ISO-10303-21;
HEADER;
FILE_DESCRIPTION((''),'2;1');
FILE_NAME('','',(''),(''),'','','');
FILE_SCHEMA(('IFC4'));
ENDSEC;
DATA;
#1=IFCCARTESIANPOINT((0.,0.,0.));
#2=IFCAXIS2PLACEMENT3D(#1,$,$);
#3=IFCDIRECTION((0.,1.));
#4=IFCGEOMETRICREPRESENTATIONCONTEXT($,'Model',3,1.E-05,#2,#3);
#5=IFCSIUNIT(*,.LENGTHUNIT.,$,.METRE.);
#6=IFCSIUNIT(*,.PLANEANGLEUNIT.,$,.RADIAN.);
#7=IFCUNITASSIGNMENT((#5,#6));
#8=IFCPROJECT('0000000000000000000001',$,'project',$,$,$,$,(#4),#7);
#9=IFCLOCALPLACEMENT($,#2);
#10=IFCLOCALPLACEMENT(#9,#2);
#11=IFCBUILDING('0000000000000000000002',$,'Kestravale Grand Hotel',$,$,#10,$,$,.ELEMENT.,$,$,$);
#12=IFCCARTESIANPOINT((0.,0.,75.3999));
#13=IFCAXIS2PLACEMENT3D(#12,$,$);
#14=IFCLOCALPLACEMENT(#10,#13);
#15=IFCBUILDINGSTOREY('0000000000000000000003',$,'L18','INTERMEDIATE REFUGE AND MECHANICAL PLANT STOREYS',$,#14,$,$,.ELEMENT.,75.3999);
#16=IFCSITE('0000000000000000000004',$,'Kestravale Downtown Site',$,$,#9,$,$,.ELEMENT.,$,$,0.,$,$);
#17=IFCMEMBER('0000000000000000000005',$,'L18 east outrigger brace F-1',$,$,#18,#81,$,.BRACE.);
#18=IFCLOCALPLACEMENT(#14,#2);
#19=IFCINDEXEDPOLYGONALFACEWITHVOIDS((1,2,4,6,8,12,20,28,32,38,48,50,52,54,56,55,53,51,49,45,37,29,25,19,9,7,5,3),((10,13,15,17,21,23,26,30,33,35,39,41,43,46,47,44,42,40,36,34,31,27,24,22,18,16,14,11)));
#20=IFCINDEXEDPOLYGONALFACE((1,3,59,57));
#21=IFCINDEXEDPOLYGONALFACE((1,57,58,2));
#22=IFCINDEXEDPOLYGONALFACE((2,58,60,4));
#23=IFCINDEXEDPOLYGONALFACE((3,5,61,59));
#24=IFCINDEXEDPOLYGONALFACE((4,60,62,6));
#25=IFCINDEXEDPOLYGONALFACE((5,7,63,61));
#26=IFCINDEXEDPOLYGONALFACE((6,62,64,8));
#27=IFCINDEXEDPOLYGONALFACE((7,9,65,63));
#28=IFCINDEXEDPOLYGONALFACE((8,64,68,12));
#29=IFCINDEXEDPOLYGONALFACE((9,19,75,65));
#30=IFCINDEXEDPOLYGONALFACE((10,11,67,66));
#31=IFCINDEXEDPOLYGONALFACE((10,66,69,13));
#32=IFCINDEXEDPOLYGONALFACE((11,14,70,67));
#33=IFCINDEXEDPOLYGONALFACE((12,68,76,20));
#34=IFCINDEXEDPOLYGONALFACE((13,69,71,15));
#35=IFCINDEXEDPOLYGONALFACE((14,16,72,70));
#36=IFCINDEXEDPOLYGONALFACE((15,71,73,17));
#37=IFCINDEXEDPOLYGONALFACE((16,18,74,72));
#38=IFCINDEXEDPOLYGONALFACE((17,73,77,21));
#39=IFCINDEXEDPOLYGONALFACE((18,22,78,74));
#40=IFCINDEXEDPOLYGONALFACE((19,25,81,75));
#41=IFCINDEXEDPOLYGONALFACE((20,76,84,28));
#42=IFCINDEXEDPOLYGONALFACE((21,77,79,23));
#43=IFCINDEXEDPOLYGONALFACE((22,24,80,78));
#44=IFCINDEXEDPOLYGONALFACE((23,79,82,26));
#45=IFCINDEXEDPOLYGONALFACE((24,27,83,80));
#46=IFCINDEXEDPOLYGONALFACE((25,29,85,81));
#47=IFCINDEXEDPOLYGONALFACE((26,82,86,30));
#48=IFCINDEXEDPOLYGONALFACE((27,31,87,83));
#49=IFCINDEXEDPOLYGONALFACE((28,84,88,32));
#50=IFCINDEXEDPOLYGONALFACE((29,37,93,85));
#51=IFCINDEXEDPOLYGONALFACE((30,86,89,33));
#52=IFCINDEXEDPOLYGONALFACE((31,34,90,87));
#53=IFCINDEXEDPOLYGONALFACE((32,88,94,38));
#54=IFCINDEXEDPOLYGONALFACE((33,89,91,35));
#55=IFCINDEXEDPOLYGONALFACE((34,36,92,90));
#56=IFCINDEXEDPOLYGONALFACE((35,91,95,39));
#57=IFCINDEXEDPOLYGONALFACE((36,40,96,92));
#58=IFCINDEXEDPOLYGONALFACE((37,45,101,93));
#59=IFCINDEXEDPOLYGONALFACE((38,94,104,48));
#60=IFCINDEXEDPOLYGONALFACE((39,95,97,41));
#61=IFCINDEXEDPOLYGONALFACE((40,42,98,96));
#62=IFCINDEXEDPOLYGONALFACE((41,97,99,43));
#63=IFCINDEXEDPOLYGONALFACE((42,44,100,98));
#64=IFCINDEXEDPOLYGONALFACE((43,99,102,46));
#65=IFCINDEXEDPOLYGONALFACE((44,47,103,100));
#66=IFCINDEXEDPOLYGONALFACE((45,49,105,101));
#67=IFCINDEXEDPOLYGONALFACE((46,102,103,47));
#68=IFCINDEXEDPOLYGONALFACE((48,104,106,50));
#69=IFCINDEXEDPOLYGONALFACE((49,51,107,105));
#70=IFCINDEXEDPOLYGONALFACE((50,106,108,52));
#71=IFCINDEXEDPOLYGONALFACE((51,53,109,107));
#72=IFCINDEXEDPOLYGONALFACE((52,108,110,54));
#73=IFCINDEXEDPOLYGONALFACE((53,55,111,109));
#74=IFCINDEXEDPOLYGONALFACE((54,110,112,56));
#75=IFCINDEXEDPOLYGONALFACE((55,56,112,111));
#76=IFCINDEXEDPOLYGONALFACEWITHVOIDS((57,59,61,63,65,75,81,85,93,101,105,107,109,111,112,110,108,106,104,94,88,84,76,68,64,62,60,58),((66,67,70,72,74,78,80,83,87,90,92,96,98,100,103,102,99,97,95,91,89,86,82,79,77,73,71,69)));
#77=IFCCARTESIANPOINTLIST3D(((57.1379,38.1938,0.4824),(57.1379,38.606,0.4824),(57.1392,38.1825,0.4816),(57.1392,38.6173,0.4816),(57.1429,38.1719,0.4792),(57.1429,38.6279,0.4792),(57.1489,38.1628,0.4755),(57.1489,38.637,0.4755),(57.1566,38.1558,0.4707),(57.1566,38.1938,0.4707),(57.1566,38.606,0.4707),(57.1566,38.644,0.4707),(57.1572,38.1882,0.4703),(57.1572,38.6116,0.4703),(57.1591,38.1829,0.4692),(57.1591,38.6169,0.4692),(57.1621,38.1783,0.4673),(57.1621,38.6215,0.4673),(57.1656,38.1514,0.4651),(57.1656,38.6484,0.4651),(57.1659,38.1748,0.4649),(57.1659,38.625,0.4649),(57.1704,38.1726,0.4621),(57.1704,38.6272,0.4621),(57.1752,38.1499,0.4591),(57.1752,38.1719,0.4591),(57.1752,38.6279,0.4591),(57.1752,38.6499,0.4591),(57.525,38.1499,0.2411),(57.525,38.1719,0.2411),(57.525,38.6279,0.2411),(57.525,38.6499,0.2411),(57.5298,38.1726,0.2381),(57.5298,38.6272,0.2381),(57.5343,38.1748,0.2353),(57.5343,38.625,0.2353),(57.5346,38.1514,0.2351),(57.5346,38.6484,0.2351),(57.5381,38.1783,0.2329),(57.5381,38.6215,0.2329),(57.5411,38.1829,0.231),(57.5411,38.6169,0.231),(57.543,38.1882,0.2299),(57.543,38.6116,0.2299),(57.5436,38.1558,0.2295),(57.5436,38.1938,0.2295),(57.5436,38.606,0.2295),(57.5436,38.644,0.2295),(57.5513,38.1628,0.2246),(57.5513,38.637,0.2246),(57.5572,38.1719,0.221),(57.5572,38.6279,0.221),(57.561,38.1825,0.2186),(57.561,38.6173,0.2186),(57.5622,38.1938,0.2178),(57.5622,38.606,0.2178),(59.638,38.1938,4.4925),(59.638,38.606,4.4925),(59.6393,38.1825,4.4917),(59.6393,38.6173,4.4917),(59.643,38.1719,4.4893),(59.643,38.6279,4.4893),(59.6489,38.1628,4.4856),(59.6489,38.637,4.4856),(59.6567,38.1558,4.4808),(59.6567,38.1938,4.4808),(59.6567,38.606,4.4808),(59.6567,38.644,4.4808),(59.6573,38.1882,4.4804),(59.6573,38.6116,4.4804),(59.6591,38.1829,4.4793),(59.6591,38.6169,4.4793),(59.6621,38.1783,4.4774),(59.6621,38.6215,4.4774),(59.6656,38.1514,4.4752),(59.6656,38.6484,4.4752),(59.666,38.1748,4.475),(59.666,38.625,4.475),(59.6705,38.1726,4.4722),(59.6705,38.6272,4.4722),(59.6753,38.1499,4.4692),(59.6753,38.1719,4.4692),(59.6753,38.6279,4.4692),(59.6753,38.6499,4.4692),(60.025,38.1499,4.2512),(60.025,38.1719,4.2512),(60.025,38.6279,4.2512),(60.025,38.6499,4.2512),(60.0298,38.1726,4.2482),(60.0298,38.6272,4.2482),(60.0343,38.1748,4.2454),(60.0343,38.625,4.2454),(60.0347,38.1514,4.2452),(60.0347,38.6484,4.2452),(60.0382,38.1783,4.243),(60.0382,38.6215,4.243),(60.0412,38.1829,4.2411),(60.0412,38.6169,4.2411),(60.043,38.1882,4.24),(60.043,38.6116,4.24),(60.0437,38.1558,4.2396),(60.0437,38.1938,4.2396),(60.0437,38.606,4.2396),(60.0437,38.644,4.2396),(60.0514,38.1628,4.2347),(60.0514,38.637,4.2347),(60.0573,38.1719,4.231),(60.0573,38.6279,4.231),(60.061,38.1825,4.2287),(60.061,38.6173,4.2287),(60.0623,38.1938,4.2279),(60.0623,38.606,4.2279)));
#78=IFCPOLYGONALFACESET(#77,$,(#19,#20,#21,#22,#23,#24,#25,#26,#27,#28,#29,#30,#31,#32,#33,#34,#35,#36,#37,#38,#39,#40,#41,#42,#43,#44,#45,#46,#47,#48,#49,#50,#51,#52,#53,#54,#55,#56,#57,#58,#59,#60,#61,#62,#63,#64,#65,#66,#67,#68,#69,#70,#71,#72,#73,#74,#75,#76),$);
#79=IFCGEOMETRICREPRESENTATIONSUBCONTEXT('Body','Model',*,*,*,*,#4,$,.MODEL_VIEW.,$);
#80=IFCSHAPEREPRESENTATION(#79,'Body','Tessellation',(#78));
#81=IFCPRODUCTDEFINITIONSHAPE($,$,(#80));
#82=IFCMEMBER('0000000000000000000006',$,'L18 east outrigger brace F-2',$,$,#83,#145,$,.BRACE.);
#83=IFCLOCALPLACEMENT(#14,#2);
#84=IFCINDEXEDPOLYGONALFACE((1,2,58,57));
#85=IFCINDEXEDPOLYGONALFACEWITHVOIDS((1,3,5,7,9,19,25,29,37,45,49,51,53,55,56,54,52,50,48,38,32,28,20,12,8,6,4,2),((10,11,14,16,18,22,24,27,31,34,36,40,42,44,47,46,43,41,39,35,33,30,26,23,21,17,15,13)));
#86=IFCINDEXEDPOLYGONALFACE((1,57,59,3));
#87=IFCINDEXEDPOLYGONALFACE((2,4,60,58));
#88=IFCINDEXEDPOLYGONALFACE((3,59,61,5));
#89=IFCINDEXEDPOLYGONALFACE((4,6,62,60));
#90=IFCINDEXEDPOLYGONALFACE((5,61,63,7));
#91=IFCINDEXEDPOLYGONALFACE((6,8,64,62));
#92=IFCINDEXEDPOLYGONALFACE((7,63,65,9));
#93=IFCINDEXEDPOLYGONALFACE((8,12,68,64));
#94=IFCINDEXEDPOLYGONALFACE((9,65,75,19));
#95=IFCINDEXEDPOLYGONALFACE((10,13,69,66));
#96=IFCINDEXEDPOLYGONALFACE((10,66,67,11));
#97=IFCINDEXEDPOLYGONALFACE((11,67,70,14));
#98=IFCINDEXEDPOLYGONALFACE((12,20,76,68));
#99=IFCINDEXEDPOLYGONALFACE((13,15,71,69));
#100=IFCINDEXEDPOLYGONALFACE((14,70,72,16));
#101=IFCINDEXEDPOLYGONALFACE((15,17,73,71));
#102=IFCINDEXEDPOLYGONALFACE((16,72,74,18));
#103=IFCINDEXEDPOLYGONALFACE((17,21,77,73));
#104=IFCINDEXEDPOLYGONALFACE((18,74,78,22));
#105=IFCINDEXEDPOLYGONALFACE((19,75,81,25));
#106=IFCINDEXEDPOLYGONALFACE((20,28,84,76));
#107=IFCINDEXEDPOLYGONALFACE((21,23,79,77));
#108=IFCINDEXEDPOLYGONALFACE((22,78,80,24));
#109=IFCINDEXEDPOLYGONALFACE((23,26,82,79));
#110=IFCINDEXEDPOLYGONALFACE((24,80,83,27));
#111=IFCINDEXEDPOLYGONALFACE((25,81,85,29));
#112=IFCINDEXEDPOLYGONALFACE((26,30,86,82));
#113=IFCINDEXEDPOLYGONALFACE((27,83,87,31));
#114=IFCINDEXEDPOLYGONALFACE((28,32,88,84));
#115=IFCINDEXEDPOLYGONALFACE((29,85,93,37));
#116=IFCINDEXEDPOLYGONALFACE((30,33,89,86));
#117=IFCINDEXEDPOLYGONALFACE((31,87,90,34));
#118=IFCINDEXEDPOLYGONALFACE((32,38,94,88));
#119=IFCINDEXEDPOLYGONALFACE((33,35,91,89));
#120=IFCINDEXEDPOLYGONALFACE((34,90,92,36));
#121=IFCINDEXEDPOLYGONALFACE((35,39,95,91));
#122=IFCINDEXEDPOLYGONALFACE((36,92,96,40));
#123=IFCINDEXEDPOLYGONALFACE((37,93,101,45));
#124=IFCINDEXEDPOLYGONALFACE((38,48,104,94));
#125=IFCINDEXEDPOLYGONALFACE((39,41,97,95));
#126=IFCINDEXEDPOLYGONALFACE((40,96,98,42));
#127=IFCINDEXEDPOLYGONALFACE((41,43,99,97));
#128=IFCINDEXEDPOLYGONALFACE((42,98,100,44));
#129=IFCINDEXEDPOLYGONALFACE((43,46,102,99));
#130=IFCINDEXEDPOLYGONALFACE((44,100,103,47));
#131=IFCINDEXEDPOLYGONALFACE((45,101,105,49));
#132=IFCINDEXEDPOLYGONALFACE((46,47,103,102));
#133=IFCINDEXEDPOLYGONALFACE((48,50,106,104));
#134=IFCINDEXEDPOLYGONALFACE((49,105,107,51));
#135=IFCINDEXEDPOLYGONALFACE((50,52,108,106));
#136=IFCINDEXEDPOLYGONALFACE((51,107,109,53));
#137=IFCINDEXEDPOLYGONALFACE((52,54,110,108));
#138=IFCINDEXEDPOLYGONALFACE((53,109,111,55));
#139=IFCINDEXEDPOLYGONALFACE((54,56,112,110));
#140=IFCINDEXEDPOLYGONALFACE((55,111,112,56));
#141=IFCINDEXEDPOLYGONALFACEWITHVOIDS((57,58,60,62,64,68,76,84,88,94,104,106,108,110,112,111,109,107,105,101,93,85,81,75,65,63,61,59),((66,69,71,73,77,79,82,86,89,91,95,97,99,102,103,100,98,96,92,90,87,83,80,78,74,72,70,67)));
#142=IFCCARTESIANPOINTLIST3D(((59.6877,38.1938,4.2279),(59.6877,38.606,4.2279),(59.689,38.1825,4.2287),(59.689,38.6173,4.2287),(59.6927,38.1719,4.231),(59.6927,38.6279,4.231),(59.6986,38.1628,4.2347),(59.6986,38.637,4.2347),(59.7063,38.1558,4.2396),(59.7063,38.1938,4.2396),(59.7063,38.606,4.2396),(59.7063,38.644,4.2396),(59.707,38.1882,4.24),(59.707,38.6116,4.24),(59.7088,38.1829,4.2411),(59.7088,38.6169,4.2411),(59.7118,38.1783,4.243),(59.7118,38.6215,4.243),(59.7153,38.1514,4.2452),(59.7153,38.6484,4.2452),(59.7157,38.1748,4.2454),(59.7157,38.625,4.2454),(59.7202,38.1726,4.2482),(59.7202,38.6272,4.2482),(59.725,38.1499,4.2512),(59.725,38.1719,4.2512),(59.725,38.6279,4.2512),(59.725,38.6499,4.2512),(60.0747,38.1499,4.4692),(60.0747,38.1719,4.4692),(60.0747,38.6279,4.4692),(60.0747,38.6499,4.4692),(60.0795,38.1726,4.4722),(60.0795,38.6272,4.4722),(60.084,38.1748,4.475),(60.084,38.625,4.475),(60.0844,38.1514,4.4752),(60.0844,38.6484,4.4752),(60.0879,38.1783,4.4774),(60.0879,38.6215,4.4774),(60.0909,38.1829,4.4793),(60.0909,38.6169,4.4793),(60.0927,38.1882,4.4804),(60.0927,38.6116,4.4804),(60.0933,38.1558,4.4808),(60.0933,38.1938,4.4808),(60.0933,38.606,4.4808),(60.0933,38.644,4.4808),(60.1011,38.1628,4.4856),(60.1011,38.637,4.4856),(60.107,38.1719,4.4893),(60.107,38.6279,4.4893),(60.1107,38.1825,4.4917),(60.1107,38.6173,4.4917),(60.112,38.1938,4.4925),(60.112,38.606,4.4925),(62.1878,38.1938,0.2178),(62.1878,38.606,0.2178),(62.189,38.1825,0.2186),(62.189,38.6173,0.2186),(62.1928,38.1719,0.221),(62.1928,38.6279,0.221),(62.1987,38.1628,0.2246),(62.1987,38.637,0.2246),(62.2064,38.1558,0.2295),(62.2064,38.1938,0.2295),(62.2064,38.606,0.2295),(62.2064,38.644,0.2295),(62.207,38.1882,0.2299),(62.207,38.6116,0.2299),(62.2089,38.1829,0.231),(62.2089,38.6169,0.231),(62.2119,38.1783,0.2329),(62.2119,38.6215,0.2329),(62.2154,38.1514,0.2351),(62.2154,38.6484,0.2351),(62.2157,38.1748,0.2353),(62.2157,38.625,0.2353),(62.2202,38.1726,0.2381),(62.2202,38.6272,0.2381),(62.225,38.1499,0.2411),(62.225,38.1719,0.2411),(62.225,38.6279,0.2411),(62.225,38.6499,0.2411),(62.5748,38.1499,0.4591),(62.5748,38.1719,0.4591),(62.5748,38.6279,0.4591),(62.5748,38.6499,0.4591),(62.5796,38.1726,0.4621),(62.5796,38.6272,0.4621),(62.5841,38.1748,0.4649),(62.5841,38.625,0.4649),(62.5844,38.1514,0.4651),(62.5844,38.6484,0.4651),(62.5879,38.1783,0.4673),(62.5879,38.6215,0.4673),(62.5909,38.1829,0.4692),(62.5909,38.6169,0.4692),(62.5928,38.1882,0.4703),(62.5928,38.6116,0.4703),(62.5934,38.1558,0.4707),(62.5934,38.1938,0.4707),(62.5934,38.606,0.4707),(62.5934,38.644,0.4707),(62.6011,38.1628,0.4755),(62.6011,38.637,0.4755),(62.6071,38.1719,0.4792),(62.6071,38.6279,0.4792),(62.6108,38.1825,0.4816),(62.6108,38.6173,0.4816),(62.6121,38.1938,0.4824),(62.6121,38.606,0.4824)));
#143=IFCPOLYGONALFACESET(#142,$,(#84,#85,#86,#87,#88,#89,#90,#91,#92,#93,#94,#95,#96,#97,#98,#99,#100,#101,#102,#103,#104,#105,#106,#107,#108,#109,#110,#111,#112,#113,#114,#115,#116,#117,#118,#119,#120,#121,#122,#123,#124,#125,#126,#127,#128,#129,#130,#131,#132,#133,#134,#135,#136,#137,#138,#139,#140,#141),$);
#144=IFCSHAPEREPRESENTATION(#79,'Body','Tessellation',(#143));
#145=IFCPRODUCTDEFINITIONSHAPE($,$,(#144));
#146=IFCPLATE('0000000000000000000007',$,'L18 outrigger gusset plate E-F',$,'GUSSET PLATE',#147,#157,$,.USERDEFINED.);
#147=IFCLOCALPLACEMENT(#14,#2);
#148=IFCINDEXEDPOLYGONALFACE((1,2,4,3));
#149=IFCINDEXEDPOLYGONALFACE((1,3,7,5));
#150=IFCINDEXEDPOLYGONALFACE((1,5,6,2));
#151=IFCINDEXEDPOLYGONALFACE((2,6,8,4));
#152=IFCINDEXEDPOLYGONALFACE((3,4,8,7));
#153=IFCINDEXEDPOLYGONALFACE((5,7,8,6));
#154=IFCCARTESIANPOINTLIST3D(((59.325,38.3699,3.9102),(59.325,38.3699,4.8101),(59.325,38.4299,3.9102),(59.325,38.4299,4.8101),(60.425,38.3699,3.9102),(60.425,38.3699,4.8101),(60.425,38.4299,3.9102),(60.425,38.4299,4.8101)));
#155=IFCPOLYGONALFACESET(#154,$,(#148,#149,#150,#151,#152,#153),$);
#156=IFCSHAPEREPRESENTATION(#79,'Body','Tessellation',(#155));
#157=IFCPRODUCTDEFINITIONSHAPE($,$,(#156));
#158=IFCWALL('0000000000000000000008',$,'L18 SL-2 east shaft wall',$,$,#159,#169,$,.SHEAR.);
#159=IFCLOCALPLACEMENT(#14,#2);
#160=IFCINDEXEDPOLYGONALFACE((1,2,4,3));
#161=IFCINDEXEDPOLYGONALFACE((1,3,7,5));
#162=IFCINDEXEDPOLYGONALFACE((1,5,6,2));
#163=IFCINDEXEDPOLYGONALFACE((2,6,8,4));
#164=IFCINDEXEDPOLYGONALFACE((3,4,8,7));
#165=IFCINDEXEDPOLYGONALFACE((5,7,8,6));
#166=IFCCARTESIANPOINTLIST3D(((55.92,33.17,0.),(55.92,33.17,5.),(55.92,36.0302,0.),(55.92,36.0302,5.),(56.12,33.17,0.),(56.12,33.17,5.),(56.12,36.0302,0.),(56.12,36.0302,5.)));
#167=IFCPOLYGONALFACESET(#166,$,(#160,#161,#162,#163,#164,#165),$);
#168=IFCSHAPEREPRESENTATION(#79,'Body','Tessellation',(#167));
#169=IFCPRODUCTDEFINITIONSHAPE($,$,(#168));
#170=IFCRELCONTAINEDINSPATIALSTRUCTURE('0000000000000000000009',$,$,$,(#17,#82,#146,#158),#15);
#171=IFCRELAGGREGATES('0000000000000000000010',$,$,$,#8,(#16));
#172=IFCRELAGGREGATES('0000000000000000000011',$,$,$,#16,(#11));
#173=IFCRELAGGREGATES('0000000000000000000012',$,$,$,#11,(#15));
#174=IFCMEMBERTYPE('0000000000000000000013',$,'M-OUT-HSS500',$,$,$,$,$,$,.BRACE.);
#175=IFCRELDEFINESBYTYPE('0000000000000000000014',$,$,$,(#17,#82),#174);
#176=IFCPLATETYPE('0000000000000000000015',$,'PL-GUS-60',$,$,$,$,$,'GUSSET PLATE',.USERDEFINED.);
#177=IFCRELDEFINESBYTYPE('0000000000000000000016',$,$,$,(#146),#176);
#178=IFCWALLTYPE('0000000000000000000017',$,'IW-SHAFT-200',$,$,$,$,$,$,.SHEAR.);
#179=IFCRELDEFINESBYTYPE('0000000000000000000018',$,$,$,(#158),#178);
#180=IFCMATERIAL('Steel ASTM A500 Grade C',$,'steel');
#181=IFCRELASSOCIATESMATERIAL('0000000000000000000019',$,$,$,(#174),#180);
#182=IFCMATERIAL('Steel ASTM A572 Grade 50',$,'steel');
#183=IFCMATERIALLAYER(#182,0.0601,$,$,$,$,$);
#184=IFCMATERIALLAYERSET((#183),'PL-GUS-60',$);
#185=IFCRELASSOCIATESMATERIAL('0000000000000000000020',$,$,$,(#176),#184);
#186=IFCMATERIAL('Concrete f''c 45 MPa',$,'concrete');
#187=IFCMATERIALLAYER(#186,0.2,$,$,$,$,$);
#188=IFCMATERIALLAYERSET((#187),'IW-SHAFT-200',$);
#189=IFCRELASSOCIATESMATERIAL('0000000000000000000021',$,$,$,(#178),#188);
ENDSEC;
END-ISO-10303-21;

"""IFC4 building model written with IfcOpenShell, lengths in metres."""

from ifc_helpers import new_model, si_unit, direction, frame, frame_2d, origin, origin_2d, place, context, subcontext, project, spatial, rectangle, hollow_rectangle, extrude, material, layer, layer_set, material_profile, profile_set, type_object, element, save


model = new_model("IFC4")

# Units and contexts
model_context = context("Model", 3, precision=1e-05, world=origin(), true_north=direction((0.0, 1.0)))
body_context = subcontext(model_context, "Body", "Model", "MODEL_VIEW")
ifc_project = project(units=[si_unit("LENGTHUNIT", "METRE"), si_unit("PLANEANGLEUNIT", "RADIAN")], contexts=[model_context])

# Site, building, storey
site_placement = place(None, origin())
site = spatial("IfcSite", under=ifc_project, at=site_placement, Name="Kestravale Downtown Site", CompositionType="ELEMENT", RefElevation=0.0)
building_placement = place(site_placement, origin())
building = spatial("IfcBuilding", under=site, at=building_placement, Name="Kestravale Grand Hotel", CompositionType="ELEMENT")
storey_placement = place(building_placement, frame((0.0, 0.0, 75.3999)))
storey = spatial("IfcBuildingStorey", under=building, at=storey_placement, Name="L18", Description="INTERMEDIATE REFUGE AND MECHANICAL PLANT STOREYS", CompositionType="ELEMENT", Elevation=75.3999)

# Members
ifc_material_1 = material(Name="Steel ASTM A500 Grade C", Category="steel")
ifc_material_profile_1 = material_profile(ifc_material_1, hollow_rectangle(XDim=0.5, YDim=0.5, WallThickness=0.022, InnerFilletRadius=0.022, OuterFilletRadius=0.0439, at=origin_2d()))
ifc_profile_set_1 = profile_set([ifc_material_profile_1], Name="Steel ASTM A500 Grade C")
member_type_1 = type_object("IfcMemberType", Name="M-OUT-HSS500", PredefinedType="BRACE", material=ifc_profile_set_1)
for number, where, z_axis, x_axis, name in (
    (1, (57.3501, 38.3999, 0.3501), (0.529047, 0.0, 0.848593), (0.0, 1.0, 0.0), "L18 east outrigger brace F-1"),
    (2, (62.3999, 38.3999, 0.3501), (-0.529047, 0.0, 0.848593), (0.0, -1.0, 0.0), "L18 east outrigger brace F-2"),
):
    element("IfcMember", number, at=place(storey_placement, frame(where, z_axis=z_axis, x_axis=x_axis)), inside=storey, type_object=member_type_1, Name=name, PredefinedType="BRACE", context=body_context, shape_type="SweptSolid", body=[
        extrude(hollow_rectangle(XDim=0.5, YDim=0.5, WallThickness=0.022, InnerFilletRadius=0.022, OuterFilletRadius=0.0439, at=origin_2d()), origin(), (0.0, 0.0, 1.0), 4.7256),
    ])

# Plate
ifc_material_2 = material(Name="Steel ASTM A572 Grade 50", Category="steel")
ifc_layer_1 = layer(ifc_material_2, 0.0601)
ifc_layer_set_1 = layer_set([ifc_layer_1], Name="PL-GUS-60")
plate_type = type_object("IfcPlateType", Name="PL-GUS-60", ElementType="GUSSET PLATE", PredefinedType="USERDEFINED", material=ifc_layer_set_1)
plate_placement = place(storey_placement, frame((59.875, 38.3999, 3.9102), z_axis=(0.0, 0.0, 1.0), x_axis=(1.0, 0.0, 0.0)))
element("IfcPlate", 3, at=plate_placement, inside=storey, type_object=plate_type, Name="L18 outrigger gusset plate E-F", ObjectType="GUSSET PLATE", PredefinedType="USERDEFINED", context=body_context, shape_type="SweptSolid", body=[
    extrude(rectangle(XDim=1.1001, YDim=0.0601, at=origin_2d()), origin(), (0.0, 0.0, 1.0), 0.8999),
])

# Wall
ifc_material_3 = material(Name="Concrete f'c 45 MPa", Category="concrete")
ifc_layer_2 = layer(ifc_material_3, 0.2)
ifc_layer_set_2 = layer_set([ifc_layer_2], Name="IW-SHAFT-200")
wall_type = type_object("IfcWallType", Name="IW-SHAFT-200", PredefinedType="SHEAR", material=ifc_layer_set_2)
wall_placement = place(storey_placement, frame((56.02, 33.1699, 0.0), z_axis=(0.0, 0.0, 1.0), x_axis=(0.0, 1.0, 0.0)))
element("IfcWall", 4, at=wall_placement, inside=storey, type_object=wall_type, Name="L18 SL-2 east shaft wall", PredefinedType="SHEAR", context=body_context, shape_type="SweptSolid", body=[
    extrude(rectangle(XDim=2.8601, YDim=0.2, at=frame_2d((1.4302, 0.0))), origin(), (0.0, 0.0, 1.0), 5.0),
])

save(model, "model.ifc")
